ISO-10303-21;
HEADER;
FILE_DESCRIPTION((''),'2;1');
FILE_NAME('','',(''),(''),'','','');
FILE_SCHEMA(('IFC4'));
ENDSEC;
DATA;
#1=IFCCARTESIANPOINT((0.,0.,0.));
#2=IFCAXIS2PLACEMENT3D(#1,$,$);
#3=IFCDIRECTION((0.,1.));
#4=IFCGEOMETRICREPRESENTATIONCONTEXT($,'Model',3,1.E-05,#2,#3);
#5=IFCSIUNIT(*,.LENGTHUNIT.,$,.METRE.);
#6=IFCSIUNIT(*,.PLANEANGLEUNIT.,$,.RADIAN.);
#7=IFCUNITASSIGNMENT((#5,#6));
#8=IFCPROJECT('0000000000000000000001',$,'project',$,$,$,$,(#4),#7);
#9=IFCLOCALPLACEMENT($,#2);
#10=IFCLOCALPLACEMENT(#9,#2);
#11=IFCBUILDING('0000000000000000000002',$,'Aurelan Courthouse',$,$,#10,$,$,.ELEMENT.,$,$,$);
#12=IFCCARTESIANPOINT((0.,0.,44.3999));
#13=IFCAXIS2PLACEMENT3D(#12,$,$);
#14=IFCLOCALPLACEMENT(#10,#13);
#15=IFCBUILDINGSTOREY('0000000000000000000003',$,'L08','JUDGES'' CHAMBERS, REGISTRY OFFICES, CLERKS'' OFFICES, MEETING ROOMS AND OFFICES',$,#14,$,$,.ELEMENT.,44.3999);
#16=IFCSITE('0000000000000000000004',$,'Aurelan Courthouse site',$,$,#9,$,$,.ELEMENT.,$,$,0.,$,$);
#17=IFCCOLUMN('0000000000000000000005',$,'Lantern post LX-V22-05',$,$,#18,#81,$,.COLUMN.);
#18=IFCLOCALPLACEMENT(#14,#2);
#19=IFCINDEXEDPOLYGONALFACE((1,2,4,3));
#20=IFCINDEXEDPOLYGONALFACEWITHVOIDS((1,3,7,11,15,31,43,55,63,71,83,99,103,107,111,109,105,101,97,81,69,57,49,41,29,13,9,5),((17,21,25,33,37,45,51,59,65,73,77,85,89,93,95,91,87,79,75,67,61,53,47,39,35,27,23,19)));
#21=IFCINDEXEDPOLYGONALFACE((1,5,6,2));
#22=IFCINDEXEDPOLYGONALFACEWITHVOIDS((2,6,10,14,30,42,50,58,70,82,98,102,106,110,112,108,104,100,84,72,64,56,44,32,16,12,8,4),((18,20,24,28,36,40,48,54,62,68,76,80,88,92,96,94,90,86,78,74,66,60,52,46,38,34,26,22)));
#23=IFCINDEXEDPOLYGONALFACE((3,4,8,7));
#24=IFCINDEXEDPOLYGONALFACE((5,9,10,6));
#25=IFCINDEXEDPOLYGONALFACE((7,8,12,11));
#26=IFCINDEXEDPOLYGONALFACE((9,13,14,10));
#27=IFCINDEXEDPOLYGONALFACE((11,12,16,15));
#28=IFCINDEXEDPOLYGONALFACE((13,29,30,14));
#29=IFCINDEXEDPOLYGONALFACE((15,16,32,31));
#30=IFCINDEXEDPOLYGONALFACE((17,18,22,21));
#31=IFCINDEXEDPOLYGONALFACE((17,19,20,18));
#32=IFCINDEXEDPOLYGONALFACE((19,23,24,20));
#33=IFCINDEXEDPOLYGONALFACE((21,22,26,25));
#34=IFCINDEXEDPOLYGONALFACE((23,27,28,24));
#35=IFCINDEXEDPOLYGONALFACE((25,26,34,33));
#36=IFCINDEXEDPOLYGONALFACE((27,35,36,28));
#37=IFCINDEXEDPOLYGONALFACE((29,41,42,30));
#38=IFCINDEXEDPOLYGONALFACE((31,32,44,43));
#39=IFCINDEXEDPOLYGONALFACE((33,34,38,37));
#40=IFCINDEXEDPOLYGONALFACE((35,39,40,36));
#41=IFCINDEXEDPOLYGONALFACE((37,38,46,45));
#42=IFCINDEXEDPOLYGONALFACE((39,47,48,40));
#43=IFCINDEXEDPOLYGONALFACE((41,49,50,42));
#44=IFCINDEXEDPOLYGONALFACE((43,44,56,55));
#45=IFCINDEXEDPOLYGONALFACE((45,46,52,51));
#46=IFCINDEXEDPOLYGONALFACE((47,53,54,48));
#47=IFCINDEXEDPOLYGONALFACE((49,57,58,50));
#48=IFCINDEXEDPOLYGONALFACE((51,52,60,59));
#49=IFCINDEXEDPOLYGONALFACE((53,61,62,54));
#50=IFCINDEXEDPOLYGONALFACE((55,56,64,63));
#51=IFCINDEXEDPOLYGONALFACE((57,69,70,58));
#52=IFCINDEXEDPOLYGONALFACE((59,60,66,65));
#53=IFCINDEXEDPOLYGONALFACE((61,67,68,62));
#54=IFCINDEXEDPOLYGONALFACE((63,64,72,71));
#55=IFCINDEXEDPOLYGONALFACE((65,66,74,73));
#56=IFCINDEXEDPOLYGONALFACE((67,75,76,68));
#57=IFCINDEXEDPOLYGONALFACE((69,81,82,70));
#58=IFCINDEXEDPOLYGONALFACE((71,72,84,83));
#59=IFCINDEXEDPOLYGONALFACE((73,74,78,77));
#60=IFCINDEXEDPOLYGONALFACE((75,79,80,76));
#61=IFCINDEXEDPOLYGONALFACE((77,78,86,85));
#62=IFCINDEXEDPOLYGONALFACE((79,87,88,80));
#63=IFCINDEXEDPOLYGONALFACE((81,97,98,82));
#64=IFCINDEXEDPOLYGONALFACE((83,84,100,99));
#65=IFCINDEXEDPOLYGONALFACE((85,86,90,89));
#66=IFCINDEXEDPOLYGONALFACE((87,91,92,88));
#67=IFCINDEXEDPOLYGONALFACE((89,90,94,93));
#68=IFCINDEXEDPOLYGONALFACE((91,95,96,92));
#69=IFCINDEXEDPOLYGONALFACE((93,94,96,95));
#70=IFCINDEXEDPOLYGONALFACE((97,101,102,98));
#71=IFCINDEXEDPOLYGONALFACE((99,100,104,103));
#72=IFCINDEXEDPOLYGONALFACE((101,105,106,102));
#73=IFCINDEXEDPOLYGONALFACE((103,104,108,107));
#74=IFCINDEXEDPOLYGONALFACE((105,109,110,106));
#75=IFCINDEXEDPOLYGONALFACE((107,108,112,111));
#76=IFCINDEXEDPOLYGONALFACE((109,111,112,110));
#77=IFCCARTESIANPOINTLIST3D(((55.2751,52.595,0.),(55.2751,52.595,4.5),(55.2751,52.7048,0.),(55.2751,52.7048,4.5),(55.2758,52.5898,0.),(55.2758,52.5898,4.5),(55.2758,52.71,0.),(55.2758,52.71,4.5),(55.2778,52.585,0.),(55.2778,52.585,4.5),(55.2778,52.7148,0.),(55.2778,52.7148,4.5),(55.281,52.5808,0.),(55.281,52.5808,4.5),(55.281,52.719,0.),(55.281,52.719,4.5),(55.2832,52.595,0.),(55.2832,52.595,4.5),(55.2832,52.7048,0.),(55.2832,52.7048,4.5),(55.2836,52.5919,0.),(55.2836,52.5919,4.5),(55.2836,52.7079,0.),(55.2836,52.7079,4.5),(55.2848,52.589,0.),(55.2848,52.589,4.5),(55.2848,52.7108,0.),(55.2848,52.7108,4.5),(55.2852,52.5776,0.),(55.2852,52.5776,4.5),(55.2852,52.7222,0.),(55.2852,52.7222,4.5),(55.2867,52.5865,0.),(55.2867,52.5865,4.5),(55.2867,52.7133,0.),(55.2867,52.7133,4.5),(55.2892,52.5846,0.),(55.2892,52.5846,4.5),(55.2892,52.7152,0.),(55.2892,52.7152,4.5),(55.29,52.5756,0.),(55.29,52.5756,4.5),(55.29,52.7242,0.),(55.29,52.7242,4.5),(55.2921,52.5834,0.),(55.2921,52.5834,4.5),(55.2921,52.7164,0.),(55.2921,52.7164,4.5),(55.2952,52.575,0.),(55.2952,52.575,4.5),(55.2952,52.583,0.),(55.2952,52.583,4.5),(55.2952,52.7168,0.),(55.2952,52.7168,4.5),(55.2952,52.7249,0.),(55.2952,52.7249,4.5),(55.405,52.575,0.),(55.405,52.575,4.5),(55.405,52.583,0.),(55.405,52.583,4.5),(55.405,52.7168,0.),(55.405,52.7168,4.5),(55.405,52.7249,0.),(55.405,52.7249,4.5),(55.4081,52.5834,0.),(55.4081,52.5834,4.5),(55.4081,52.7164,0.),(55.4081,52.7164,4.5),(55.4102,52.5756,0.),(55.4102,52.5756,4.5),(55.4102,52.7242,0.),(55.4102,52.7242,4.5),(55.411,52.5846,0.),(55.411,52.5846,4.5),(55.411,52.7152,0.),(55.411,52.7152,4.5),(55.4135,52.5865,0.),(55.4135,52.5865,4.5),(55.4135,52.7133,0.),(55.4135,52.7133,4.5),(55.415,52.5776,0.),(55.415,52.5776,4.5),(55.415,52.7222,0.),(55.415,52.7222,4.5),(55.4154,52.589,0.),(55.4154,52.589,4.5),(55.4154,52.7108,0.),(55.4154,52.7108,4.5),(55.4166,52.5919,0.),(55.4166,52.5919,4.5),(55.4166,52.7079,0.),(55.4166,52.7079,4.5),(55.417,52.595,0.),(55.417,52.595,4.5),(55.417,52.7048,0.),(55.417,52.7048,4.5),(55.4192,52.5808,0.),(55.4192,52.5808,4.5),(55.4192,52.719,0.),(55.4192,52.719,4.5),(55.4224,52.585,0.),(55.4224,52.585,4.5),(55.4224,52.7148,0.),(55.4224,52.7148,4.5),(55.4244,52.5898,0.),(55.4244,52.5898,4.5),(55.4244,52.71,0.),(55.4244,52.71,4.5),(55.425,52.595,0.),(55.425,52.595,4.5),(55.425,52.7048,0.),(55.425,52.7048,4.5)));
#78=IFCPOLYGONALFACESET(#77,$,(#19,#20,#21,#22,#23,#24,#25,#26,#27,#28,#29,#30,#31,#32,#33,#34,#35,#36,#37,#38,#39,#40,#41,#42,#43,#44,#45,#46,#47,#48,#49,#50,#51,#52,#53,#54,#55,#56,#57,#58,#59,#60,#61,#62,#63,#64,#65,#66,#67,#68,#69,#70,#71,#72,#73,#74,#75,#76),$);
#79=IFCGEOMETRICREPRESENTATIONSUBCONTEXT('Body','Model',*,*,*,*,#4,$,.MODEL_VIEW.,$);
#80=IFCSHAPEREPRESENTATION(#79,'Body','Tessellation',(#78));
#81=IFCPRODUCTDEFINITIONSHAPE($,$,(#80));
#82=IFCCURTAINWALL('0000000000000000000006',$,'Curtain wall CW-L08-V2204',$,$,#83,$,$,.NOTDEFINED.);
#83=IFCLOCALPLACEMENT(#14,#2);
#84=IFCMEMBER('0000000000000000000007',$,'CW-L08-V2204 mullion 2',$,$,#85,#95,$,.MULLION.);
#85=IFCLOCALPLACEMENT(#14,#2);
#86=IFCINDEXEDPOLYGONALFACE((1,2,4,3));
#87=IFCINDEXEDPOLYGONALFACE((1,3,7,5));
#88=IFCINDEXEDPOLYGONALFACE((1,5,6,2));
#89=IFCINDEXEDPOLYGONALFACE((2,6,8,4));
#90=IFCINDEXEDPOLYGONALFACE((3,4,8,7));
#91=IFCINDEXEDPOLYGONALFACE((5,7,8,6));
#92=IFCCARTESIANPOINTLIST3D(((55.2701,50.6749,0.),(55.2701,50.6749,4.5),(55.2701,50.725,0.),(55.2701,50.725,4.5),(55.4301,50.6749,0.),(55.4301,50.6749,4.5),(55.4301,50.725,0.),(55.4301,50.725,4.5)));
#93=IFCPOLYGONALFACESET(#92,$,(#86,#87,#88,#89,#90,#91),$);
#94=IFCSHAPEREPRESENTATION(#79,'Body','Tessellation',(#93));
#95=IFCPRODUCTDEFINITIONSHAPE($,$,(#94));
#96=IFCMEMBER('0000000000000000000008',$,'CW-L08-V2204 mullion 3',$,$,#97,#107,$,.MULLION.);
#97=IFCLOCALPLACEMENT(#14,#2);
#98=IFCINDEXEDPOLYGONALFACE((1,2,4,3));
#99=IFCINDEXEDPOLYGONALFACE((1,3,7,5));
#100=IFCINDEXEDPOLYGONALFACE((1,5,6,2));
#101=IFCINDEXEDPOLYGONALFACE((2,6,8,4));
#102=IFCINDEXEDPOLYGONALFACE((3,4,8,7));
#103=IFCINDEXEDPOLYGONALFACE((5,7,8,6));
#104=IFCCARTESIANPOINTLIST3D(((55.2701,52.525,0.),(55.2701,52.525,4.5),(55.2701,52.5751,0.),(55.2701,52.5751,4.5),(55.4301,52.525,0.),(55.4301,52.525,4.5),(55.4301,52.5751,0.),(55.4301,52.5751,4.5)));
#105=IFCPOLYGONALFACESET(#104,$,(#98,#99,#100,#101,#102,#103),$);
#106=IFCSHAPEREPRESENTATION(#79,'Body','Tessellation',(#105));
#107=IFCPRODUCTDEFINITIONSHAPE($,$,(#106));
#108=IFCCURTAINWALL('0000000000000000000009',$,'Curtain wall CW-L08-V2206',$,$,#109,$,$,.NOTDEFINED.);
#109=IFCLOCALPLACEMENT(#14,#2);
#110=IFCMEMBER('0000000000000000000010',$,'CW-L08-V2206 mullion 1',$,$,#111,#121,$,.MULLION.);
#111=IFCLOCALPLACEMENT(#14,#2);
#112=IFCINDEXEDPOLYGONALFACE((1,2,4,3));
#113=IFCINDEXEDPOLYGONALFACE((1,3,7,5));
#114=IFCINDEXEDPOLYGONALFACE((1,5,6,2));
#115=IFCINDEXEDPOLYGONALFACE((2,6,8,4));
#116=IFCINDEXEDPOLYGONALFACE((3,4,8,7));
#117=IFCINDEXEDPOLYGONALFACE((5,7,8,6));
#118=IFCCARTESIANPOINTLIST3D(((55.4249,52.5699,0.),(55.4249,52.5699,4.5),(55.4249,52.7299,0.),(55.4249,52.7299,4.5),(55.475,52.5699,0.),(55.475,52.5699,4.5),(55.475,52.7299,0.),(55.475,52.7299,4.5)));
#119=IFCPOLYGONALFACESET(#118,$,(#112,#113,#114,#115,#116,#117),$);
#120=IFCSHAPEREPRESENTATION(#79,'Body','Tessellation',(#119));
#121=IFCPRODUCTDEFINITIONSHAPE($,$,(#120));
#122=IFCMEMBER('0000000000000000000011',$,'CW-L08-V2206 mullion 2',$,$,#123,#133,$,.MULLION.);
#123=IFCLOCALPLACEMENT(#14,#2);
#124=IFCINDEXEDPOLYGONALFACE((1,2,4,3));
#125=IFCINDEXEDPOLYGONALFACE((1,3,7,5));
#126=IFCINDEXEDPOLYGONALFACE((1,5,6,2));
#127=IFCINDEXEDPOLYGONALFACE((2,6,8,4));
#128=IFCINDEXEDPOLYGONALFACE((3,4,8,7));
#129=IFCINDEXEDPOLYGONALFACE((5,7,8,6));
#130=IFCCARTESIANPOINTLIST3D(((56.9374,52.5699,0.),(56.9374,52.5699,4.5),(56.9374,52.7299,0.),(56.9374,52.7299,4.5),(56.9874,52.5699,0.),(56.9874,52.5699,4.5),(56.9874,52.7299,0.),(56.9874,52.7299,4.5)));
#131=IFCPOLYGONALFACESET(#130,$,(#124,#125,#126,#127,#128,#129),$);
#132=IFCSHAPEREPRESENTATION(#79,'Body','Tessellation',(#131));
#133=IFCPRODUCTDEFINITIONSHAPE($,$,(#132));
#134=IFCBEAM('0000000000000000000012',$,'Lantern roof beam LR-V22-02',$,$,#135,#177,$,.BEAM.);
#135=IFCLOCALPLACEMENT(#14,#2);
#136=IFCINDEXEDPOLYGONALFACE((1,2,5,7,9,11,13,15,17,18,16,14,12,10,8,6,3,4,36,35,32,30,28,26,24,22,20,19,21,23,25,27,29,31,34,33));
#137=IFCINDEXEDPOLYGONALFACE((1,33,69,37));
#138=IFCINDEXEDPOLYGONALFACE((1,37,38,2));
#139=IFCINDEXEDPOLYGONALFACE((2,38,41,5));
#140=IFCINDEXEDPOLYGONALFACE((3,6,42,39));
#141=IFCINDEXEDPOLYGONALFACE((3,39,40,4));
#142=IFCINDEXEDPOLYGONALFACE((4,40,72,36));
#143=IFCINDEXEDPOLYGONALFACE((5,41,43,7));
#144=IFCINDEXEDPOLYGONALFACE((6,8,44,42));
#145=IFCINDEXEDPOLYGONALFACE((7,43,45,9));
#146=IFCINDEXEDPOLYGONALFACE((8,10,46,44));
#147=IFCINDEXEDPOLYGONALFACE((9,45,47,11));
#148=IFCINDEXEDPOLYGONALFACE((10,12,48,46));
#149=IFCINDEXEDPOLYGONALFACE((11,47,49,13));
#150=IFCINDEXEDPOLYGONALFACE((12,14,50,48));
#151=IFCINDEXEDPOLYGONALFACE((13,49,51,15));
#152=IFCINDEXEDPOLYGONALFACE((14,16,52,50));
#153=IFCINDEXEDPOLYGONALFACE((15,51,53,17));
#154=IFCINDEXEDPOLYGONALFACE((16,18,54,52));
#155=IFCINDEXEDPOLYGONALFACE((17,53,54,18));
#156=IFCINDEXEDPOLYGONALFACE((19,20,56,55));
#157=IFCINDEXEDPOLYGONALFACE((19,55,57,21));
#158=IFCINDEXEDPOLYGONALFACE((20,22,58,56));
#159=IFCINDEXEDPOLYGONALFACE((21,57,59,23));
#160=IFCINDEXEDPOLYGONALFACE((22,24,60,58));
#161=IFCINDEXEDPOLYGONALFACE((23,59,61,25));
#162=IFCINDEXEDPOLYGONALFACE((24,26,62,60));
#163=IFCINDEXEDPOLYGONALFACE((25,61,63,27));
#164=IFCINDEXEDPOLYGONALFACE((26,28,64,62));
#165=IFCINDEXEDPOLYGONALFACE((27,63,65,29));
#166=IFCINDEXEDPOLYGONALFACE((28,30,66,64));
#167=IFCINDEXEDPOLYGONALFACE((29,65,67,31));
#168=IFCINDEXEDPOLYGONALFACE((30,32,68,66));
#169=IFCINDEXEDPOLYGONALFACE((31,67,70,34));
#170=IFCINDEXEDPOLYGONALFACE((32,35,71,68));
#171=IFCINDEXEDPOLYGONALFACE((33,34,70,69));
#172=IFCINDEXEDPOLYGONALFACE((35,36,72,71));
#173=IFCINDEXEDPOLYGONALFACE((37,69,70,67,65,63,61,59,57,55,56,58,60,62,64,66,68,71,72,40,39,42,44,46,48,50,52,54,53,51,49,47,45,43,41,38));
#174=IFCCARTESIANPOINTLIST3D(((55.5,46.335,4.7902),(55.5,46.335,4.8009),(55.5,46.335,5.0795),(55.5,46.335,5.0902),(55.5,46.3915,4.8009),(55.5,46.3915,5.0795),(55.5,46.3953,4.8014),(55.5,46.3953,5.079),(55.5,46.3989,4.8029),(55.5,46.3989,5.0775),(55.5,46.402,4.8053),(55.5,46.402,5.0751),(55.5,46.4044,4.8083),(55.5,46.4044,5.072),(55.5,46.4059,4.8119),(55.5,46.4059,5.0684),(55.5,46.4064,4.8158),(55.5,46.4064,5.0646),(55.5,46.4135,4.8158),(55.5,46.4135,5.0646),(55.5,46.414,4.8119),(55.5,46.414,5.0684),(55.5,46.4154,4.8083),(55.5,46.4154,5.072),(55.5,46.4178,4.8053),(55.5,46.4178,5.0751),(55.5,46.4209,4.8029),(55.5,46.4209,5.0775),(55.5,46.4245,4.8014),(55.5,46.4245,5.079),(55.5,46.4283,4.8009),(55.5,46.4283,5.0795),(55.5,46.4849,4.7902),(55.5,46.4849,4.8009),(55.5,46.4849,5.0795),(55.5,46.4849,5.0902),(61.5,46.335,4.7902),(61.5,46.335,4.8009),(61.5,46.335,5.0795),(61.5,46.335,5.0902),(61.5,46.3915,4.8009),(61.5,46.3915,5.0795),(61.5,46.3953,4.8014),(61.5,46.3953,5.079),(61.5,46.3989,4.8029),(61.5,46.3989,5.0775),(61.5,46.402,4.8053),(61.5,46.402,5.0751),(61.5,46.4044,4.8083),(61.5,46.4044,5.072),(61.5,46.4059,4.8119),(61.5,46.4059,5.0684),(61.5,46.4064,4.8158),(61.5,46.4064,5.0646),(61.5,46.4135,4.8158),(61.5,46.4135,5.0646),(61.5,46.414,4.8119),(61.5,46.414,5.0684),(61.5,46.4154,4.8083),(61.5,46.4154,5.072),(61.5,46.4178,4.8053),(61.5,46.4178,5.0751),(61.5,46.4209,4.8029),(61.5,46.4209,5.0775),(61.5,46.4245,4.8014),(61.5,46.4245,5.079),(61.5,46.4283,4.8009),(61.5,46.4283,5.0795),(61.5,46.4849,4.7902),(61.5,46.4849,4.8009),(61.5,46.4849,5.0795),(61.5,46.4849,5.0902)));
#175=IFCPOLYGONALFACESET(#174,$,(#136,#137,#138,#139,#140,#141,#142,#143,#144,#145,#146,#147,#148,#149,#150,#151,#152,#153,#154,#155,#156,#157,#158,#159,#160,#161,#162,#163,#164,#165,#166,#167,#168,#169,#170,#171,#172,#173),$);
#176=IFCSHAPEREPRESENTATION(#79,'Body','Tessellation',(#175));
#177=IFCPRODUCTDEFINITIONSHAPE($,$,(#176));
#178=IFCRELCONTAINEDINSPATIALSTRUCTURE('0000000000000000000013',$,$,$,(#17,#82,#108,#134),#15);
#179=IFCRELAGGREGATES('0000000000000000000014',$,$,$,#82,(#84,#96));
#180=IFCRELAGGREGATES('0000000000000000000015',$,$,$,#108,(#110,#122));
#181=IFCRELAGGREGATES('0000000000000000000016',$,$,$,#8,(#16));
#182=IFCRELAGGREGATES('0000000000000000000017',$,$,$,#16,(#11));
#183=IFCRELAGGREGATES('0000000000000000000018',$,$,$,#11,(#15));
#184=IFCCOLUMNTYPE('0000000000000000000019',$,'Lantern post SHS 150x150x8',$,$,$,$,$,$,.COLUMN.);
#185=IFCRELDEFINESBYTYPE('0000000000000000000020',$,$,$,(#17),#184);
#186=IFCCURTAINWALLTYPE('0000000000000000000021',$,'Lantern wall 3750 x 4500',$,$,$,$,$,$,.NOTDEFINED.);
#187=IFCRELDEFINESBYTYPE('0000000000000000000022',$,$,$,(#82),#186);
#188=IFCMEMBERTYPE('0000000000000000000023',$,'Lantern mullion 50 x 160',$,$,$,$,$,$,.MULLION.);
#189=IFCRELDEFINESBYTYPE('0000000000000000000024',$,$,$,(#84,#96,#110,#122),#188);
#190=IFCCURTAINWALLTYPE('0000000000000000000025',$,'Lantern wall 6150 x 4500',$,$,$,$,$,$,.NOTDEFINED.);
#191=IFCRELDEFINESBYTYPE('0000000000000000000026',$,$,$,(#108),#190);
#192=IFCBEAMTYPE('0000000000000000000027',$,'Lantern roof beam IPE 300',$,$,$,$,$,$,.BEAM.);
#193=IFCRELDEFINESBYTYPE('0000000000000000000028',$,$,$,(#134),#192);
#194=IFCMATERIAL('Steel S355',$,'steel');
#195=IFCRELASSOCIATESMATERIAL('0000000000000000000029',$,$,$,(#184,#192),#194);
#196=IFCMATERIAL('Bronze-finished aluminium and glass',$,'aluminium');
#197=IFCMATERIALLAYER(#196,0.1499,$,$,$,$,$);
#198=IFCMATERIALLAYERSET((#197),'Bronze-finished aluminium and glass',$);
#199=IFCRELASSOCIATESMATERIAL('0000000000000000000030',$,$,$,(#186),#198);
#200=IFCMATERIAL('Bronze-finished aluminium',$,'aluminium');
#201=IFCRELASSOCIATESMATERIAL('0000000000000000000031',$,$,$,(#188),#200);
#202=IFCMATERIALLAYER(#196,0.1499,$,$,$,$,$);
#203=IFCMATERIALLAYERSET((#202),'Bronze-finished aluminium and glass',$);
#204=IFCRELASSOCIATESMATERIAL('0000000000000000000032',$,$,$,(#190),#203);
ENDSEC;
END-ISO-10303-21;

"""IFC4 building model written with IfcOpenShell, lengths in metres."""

from ifc_helpers import new_model, si_unit, direction, frame, origin, origin_2d, place, context, subcontext, project, spatial, rectangle, hollow_rectangle, i_section, extrude, material, layer, layer_set, material_profile, profile_set, type_object, element, aggregate, save


model = new_model("IFC4")

# Units and contexts
model_context = context("Model", 3, precision=1e-05, world=origin(), true_north=direction((0.0, 1.0)))
body_context = subcontext(model_context, "Body", "Model", "MODEL_VIEW")
ifc_project = project(units=[si_unit("LENGTHUNIT", "METRE"), si_unit("PLANEANGLEUNIT", "RADIAN")], contexts=[model_context])

# Site, building, storey
site_placement = place(None, origin())
site = spatial("IfcSite", under=ifc_project, at=site_placement, Name="Aurelan Courthouse site", CompositionType="ELEMENT", RefElevation=0.0)
building_placement = place(site_placement, origin())
building = spatial("IfcBuilding", under=site, at=building_placement, Name="Aurelan Courthouse", CompositionType="ELEMENT")
storey_placement = place(building_placement, frame((0.0, 0.0, 44.3999)))
storey = spatial("IfcBuildingStorey", under=building, at=storey_placement, Name="L08", Description="JUDGES' CHAMBERS, REGISTRY OFFICES, CLERKS' OFFICES, MEETING ROOMS AND OFFICES", CompositionType="ELEMENT", Elevation=44.3999)

# Column
ifc_material_1 = material(Name="Steel S355", Category="steel")
ifc_material_profile_1 = material_profile(ifc_material_1, hollow_rectangle(XDim=0.1499, YDim=0.1499, WallThickness=0.0081, InnerFilletRadius=0.012, OuterFilletRadius=0.02, at=origin_2d()), Name="SHS 150x150x8")
ifc_profile_set_1 = profile_set([ifc_material_profile_1], Name="Steel S355")
column_type = type_object("IfcColumnType", Name="Lantern post SHS 150x150x8", PredefinedType="COLUMN", material=ifc_profile_set_1)
column_placement = place(storey_placement, frame((55.3501, 52.6499, 0.0), z_axis=(0.0, 0.0, 1.0), x_axis=(1.0, 0.0, 0.0)))
element("IfcColumn", 1, at=column_placement, inside=storey, type_object=column_type, Name="Lantern post LX-V22-05", PredefinedType="COLUMN", context=body_context, shape_type="SweptSolid", body=[
    extrude(hollow_rectangle(XDim=0.1499, YDim=0.1499, WallThickness=0.0081, InnerFilletRadius=0.012, OuterFilletRadius=0.02, at=origin_2d()), origin(), (0.0, 0.0, 1.0), 4.5),
])

# Curtain walls, members
ifc_material_2 = material(Name="Bronze-finished aluminium and glass", Category="aluminium")
ifc_layer_1 = layer(ifc_material_2, 0.1499)
ifc_layer_set_1 = layer_set([ifc_layer_1], Name="Bronze-finished aluminium and glass")
curtain_wall_type_1 = type_object("IfcCurtainWallType", Name="Lantern wall 3750 x 4500", PredefinedType="NOTDEFINED", material=ifc_layer_set_1)
curtain_wall_1_placement = place(storey_placement, origin())
curtain_wall_1 = element("IfcCurtainWall", 2, at=curtain_wall_1_placement, inside=storey, type_object=curtain_wall_type_1, Name="Curtain wall CW-L08-V2204", PredefinedType="NOTDEFINED")
ifc_material_3 = material(Name="Bronze-finished aluminium", Category="aluminium")
ifc_material_profile_2 = material_profile(ifc_material_3, rectangle(XDim=0.1599, YDim=0.05, at=origin_2d()), Name="Lantern mullion 50 x 160")
ifc_profile_set_2 = profile_set([ifc_material_profile_2], Name="Bronze-finished aluminium")
member_type_1 = type_object("IfcMemberType", Name="Lantern mullion 50 x 160", PredefinedType="MULLION", material=ifc_profile_set_2)
member_1_placement = place(storey_placement, frame((55.3501, 50.7, 0.0), z_axis=(0.0, 0.0, 1.0), x_axis=(-1.0, 0.0, 0.0)))
member_1 = element("IfcMember", 3, at=member_1_placement, type_object=member_type_1, Name="CW-L08-V2204 mullion 2", PredefinedType="MULLION", context=body_context, shape_type="SweptSolid", body=[
    extrude(rectangle(XDim=0.1599, YDim=0.05, at=origin_2d()), origin(), (0.0, 0.0, 1.0), 4.5),
])
member_2_placement = place(storey_placement, frame((55.3501, 52.55, 0.0), z_axis=(0.0, 0.0, 1.0), x_axis=(-1.0, 0.0, 0.0)))
member_2 = element("IfcMember", 4, at=member_2_placement, type_object=member_type_1, Name="CW-L08-V2204 mullion 3", PredefinedType="MULLION", context=body_context, shape_type="SweptSolid", body=[
    extrude(rectangle(XDim=0.1599, YDim=0.05, at=origin_2d()), origin(), (0.0, 0.0, 1.0), 4.5),
])
ifc_layer_2 = layer(ifc_material_2, 0.1499)
ifc_layer_set_2 = layer_set([ifc_layer_2], Name="Bronze-finished aluminium and glass")
curtain_wall_type_2 = type_object("IfcCurtainWallType", Name="Lantern wall 6150 x 4500", PredefinedType="NOTDEFINED", material=ifc_layer_set_2)
curtain_wall_2_placement = place(storey_placement, origin())
curtain_wall_2 = element("IfcCurtainWall", 5, at=curtain_wall_2_placement, inside=storey, type_object=curtain_wall_type_2, Name="Curtain wall CW-L08-V2206", PredefinedType="NOTDEFINED")
member_3_placement = place(storey_placement, frame((55.45, 52.6499, 0.0), z_axis=(0.0, 0.0, 1.0), x_axis=(0.0, 1.0, 0.0)))
member_3 = element("IfcMember", 6, at=member_3_placement, type_object=member_type_1, Name="CW-L08-V2206 mullion 1", PredefinedType="MULLION", context=body_context, shape_type="SweptSolid", body=[
    extrude(rectangle(XDim=0.1599, YDim=0.05, at=origin_2d()), origin(), (0.0, 0.0, 1.0), 4.5),
])
member_4_placement = place(storey_placement, frame((56.9624, 52.6499, 0.0), z_axis=(0.0, 0.0, 1.0), x_axis=(0.0, 1.0, 0.0)))
member_4 = element("IfcMember", 7, at=member_4_placement, type_object=member_type_1, Name="CW-L08-V2206 mullion 2", PredefinedType="MULLION", context=body_context, shape_type="SweptSolid", body=[
    extrude(rectangle(XDim=0.1599, YDim=0.05, at=origin_2d()), origin(), (0.0, 0.0, 1.0), 4.5),
])

# Beam
ifc_material_profile_3 = material_profile(ifc_material_1, i_section(OverallWidth=0.1499, OverallDepth=0.3, WebThickness=0.0071, FlangeThickness=0.0107, FilletRadius=0.0149, at=origin_2d()), Name="IPE 300")
ifc_profile_set_3 = profile_set([ifc_material_profile_3], Name="Steel S355")
beam_type = type_object("IfcBeamType", Name="Lantern roof beam IPE 300", PredefinedType="BEAM", material=ifc_profile_set_3)
for number, where, z_axis, x_axis, name in (
    (8, (55.5, 46.4099, 4.9402), (1.0, 0.0, 0.0), (0.0, 1.0, 0.0), "Lantern roof beam LR-V22-02"),
):
    element("IfcBeam", number, at=place(storey_placement, frame(where, z_axis=z_axis, x_axis=x_axis)), inside=storey, type_object=beam_type, Name=name, PredefinedType="BEAM", context=body_context, shape_type="SweptSolid", body=[
        extrude(i_section(OverallWidth=0.1499, OverallDepth=0.3, WebThickness=0.0071, FlangeThickness=0.0107, FilletRadius=0.0149, at=origin_2d()), origin(), (0.0, 0.0, 1.0), 6.0),
    ])

aggregate(curtain_wall_1, [member_1, member_2])
aggregate(curtain_wall_2, [member_3, member_4])

save(model, "model.ifc")
